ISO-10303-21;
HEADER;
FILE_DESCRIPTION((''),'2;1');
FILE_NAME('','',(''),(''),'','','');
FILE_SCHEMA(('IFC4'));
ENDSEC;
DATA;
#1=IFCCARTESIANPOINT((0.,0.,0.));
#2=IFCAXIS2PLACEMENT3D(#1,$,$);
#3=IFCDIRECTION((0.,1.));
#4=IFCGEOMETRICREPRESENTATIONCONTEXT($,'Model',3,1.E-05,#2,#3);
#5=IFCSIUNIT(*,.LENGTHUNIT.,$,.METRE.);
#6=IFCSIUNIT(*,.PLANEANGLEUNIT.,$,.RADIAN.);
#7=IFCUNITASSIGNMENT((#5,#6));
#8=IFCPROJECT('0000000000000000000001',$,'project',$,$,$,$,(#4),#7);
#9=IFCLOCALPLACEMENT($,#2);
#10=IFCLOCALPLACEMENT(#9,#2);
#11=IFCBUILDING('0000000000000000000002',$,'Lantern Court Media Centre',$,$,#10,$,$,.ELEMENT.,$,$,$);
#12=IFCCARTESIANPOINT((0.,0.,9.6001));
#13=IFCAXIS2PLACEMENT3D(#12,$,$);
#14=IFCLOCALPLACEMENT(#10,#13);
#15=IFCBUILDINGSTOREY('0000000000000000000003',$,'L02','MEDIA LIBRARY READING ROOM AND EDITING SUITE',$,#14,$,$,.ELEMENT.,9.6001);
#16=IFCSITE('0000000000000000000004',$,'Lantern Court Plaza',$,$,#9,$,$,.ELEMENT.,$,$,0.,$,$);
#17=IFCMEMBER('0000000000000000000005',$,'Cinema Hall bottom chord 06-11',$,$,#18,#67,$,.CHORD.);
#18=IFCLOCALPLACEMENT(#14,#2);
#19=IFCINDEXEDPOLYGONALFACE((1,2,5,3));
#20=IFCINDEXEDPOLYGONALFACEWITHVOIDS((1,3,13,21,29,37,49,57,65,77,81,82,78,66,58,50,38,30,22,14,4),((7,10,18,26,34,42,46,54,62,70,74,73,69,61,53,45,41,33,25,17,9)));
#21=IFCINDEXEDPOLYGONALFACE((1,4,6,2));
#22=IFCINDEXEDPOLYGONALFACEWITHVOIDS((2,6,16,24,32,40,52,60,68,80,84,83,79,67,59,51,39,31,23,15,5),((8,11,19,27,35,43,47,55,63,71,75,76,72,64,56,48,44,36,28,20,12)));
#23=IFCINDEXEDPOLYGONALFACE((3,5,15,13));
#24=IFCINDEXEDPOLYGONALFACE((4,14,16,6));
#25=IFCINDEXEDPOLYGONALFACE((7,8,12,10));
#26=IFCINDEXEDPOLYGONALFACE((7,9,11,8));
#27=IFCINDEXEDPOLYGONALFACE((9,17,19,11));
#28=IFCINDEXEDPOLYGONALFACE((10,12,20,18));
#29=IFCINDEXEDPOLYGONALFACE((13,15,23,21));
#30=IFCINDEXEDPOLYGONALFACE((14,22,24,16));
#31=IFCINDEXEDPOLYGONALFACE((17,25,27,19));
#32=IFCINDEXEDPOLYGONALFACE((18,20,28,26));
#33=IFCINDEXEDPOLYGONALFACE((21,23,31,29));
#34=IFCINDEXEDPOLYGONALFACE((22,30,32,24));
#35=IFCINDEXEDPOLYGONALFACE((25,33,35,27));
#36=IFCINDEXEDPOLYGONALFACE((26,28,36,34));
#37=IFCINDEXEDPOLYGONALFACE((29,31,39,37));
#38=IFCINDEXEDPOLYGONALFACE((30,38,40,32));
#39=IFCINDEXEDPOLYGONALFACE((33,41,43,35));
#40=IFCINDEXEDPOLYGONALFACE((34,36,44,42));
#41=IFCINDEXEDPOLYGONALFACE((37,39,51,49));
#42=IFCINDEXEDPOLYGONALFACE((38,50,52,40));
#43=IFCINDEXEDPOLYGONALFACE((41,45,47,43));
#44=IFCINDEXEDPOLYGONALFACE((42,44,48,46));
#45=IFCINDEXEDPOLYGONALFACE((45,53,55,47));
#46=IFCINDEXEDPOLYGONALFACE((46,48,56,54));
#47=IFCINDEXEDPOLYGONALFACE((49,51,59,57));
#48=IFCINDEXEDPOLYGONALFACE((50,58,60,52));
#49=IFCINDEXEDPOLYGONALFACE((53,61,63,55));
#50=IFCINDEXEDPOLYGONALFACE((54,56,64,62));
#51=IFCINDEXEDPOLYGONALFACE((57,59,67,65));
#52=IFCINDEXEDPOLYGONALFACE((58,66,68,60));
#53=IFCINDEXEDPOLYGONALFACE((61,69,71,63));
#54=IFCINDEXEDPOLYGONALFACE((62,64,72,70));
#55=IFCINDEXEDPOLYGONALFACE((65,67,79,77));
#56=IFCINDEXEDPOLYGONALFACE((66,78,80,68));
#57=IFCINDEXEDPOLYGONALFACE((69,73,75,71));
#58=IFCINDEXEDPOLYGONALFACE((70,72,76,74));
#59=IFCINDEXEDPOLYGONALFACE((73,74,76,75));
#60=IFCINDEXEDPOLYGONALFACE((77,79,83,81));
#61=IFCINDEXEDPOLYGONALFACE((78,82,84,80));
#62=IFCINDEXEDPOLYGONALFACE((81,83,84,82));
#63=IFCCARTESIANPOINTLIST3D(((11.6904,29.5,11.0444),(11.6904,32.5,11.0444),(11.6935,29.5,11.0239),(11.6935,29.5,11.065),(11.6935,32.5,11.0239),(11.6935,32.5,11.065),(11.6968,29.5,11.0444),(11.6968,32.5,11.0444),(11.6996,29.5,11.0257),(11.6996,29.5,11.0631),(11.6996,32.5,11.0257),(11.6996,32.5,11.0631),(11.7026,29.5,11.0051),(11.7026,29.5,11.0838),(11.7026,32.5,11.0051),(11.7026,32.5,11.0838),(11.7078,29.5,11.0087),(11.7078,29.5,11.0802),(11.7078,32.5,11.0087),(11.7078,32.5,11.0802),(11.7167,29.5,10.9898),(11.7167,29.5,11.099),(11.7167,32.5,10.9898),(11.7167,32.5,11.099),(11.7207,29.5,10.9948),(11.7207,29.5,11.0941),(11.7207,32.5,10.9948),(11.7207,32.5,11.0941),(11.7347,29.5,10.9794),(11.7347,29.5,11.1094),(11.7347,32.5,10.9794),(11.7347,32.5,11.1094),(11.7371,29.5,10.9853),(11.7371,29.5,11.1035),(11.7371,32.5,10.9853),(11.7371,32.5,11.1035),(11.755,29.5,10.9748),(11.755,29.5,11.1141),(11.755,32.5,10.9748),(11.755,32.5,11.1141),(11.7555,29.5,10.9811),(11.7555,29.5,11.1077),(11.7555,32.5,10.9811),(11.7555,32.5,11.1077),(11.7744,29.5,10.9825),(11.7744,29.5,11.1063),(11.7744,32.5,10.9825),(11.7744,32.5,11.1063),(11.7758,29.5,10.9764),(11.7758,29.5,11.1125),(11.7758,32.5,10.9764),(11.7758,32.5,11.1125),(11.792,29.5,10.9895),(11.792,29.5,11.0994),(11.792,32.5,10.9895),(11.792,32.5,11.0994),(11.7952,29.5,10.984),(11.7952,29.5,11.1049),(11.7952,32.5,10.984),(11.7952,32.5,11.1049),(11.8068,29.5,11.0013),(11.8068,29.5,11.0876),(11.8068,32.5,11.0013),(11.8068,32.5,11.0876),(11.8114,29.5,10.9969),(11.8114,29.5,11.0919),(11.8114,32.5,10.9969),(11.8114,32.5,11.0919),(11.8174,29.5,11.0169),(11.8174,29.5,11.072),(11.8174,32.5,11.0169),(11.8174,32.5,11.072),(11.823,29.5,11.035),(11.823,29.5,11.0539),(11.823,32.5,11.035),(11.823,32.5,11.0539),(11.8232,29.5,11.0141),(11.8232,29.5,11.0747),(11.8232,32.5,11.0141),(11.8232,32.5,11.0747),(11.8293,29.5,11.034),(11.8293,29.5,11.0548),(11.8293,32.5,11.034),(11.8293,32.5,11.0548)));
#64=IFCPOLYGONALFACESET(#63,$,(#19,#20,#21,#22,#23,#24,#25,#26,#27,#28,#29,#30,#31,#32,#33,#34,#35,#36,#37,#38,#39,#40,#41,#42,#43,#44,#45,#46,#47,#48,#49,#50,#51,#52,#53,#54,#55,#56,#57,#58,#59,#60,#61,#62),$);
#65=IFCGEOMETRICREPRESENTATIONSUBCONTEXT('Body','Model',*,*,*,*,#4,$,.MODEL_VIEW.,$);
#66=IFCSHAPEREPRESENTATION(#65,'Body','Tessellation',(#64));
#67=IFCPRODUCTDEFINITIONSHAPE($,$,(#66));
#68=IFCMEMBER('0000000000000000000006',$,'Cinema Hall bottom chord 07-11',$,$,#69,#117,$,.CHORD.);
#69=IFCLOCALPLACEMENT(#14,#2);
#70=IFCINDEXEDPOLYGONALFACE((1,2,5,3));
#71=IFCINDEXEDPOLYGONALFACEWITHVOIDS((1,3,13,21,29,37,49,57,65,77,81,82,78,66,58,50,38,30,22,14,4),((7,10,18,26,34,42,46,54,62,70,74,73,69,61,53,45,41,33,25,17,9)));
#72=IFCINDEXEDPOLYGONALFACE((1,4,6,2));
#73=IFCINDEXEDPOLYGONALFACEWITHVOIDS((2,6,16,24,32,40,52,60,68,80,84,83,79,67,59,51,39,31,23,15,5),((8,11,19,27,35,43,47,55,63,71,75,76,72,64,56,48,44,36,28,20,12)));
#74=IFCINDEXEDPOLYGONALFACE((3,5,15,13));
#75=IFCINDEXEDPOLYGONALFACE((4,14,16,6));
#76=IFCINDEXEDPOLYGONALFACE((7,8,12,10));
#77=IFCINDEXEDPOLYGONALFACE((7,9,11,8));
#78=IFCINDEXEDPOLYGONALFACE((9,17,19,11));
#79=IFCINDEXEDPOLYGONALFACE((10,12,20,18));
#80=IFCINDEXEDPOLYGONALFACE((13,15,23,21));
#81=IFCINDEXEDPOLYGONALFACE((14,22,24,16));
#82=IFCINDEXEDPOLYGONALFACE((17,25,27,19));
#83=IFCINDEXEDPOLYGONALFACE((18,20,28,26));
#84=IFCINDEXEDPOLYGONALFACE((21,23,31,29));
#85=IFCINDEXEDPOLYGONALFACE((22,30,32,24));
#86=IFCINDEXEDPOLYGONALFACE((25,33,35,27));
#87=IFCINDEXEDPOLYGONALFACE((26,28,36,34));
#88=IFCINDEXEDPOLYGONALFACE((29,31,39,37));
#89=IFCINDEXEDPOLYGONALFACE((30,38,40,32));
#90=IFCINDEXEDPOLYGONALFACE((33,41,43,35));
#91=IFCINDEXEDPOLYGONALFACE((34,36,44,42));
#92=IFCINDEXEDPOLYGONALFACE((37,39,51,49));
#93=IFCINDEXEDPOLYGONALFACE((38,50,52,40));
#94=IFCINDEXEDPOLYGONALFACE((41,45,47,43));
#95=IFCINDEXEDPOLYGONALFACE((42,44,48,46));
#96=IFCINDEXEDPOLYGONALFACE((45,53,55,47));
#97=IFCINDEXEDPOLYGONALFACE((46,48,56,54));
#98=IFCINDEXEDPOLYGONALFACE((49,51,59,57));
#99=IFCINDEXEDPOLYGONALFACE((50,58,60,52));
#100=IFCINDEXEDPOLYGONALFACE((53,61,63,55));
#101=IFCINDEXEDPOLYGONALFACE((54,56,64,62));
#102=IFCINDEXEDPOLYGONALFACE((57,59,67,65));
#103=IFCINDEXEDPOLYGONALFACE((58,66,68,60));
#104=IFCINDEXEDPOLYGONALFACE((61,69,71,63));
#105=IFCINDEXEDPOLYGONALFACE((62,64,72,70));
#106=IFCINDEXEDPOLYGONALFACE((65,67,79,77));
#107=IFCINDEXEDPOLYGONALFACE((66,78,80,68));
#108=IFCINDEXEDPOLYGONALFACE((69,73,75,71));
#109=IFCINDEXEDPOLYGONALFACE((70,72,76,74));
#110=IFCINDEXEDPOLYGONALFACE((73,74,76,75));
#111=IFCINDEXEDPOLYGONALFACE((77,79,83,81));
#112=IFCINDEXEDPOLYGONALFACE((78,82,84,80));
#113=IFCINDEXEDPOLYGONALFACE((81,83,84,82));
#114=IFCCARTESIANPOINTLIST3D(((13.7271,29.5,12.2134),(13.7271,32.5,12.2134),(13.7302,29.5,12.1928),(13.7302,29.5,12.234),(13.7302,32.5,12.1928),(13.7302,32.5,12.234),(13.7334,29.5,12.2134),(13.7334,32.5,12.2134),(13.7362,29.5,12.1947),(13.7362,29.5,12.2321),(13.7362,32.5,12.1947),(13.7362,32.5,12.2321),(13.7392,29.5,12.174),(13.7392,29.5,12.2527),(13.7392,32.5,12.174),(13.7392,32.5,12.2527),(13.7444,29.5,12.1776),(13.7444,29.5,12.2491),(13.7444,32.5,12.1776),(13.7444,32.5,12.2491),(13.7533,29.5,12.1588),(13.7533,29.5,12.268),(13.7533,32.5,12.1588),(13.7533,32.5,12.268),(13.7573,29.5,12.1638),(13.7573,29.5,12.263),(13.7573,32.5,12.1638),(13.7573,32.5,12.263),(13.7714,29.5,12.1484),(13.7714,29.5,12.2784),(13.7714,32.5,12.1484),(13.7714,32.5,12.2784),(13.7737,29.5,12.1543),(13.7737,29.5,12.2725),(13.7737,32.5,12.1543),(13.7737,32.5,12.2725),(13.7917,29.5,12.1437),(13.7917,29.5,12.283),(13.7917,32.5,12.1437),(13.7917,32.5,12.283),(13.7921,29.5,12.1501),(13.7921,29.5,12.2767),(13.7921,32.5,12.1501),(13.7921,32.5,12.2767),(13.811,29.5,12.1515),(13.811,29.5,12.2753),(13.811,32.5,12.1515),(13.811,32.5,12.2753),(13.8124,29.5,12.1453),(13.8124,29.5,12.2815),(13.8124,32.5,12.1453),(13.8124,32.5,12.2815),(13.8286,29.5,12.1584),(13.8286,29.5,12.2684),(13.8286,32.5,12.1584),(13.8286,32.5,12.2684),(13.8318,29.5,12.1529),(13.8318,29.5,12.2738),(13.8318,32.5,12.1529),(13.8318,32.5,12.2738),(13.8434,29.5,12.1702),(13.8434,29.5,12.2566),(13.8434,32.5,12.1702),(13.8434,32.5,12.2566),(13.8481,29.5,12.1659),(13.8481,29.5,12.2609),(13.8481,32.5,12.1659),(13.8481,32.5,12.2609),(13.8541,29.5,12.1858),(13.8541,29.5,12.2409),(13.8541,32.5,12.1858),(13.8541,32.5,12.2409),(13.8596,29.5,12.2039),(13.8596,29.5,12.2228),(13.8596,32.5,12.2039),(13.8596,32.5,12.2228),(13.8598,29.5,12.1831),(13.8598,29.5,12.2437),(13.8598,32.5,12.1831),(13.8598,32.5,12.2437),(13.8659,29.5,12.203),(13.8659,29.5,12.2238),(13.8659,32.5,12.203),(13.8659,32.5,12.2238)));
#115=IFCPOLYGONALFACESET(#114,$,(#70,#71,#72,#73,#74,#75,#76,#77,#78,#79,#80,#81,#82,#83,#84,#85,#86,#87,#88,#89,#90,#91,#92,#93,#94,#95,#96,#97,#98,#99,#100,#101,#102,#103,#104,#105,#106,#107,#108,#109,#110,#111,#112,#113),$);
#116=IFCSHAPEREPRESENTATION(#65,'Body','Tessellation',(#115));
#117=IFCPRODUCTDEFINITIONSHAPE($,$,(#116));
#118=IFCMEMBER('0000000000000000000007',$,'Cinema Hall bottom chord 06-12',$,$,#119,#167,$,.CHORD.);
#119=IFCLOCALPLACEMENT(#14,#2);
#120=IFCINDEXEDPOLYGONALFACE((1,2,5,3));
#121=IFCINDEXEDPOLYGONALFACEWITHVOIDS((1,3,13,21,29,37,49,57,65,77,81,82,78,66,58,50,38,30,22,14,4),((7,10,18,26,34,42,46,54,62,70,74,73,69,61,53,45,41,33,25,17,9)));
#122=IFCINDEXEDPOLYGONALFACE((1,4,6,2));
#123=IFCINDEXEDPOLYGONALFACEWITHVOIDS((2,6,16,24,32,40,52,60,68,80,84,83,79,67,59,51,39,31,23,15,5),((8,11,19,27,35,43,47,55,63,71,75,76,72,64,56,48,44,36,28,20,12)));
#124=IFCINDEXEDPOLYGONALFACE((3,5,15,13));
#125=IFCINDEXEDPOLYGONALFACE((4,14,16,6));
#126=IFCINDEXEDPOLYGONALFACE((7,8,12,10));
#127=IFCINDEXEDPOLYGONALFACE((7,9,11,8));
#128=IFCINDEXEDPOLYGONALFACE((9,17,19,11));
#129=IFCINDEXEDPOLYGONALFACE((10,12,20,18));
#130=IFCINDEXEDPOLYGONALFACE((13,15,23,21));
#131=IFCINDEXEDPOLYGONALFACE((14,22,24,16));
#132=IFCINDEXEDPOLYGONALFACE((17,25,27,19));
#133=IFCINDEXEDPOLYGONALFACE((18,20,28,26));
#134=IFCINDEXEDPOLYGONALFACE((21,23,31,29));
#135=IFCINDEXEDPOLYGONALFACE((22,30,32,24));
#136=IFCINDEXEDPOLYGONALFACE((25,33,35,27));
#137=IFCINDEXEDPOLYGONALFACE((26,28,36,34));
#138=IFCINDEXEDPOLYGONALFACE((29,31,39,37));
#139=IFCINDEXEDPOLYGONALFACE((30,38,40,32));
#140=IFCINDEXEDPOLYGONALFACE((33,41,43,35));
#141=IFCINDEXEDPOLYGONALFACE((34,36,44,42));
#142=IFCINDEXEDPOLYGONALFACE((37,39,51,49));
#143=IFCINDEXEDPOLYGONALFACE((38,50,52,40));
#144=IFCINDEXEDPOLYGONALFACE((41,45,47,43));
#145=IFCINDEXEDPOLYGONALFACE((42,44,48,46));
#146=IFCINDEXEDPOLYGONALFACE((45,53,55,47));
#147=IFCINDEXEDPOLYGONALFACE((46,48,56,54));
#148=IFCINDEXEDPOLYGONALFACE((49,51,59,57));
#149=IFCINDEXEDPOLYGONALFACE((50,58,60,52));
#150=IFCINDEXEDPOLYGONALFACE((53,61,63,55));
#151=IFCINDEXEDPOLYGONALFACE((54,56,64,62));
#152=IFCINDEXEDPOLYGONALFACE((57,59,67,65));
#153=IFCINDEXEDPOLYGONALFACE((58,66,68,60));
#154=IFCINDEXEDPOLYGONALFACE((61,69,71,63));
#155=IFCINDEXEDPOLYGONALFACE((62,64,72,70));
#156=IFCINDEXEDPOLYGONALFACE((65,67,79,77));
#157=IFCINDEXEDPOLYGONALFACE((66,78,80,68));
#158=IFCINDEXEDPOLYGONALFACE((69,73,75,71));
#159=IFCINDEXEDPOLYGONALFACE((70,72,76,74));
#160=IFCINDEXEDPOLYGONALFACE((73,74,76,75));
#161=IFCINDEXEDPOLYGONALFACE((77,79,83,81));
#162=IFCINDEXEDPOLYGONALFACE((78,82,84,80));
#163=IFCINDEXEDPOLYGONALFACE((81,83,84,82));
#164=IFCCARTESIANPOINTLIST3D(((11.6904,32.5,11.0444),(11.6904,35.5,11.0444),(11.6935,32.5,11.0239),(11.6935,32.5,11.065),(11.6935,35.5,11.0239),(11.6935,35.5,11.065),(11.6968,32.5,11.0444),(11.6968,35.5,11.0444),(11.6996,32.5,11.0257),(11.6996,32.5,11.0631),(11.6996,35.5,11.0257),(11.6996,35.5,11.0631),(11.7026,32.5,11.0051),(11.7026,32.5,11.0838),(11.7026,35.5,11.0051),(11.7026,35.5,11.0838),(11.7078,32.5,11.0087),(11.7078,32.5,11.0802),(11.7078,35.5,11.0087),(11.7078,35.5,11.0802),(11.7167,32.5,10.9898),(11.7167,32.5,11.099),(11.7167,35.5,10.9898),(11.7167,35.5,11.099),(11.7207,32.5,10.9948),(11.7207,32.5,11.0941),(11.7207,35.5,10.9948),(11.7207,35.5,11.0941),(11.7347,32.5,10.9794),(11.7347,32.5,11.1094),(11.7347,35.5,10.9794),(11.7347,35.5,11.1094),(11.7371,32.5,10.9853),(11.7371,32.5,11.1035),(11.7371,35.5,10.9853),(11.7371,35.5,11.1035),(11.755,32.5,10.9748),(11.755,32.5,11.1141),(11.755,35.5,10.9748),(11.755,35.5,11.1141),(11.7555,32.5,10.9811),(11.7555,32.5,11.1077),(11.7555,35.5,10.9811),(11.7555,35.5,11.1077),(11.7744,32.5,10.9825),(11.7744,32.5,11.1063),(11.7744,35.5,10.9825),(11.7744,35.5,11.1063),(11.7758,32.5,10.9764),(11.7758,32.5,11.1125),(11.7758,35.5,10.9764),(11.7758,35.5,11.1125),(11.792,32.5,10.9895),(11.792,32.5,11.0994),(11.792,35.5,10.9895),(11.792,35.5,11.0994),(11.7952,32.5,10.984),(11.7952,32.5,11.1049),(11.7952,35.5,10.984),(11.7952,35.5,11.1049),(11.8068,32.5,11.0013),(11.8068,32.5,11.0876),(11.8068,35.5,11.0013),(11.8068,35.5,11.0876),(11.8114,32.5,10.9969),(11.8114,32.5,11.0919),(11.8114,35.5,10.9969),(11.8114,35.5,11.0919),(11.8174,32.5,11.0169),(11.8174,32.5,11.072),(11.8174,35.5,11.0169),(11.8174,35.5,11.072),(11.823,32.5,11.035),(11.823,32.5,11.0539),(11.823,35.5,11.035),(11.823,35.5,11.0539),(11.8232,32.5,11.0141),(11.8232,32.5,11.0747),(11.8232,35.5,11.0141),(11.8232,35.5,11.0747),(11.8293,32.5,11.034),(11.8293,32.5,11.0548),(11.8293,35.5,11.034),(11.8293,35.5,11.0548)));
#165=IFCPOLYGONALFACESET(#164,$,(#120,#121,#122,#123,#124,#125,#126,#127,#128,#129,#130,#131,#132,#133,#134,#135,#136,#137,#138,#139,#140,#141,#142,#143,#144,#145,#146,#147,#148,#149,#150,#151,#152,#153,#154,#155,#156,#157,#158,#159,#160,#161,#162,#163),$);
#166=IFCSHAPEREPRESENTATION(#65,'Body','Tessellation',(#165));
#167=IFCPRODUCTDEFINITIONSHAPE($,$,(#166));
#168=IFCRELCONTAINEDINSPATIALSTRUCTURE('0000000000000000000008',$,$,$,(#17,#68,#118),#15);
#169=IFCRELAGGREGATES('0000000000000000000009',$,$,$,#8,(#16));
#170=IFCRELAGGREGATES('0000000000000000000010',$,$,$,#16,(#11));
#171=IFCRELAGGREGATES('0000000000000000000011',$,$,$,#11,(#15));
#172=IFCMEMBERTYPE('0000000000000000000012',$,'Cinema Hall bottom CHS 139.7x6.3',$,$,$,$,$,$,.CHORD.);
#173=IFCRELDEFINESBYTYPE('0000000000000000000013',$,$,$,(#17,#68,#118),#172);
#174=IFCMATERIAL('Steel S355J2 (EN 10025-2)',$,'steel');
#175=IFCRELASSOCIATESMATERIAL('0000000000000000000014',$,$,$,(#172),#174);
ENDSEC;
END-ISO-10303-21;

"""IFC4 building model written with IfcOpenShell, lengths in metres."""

from ifc_helpers import new_model, si_unit, direction, frame, origin, origin_2d, place, context, subcontext, project, spatial, hollow_circle, extrude, material, material_profile, profile_set, type_object, element, save


model = new_model("IFC4")

# Units and contexts
model_context = context("Model", 3, precision=1e-05, world=origin(), true_north=direction((0.0, 1.0)))
body_context = subcontext(model_context, "Body", "Model", "MODEL_VIEW")
ifc_project = project(units=[si_unit("LENGTHUNIT", "METRE"), si_unit("PLANEANGLEUNIT", "RADIAN")], contexts=[model_context])

# Site, building, storey
site_placement = place(None, origin())
site = spatial("IfcSite", under=ifc_project, at=site_placement, Name="Lantern Court Plaza", CompositionType="ELEMENT", RefElevation=0.0)
building_placement = place(site_placement, origin())
building = spatial("IfcBuilding", under=site, at=building_placement, Name="Lantern Court Media Centre", CompositionType="ELEMENT")
storey_placement = place(building_placement, frame((0.0, 0.0, 9.6001)))
storey = spatial("IfcBuildingStorey", under=building, at=storey_placement, Name="L02", Description="MEDIA LIBRARY READING ROOM AND EDITING SUITE", CompositionType="ELEMENT", Elevation=9.6001)

# Members
ifc_material = material(Name="Steel S355J2 (EN 10025-2)", Category="steel")
ifc_material_profile_1 = material_profile(ifc_material, hollow_circle(Radius=0.0698, WallThickness=0.0063, at=origin_2d()), Name="Cinema Hall bottom CHS 139.7x6.3")
ifc_profile_set_1 = profile_set([ifc_material_profile_1], Name="Steel S355J2 (EN 10025-2)")
member_type_1 = type_object("IfcMemberType", Name="Cinema Hall bottom CHS 139.7x6.3", PredefinedType="CHORD", material=ifc_profile_set_1)
for number, where, z_axis, x_axis, name in (
    (1, (11.7603, 29.5, 11.0444), (0.0, 1.0, 0.0), (-1.0, 0.0, 0.0), "Cinema Hall bottom chord 06-11"),
    (2, (13.7969, 29.5, 12.2134), (0.0, 1.0, 0.0), (-1.0, 0.0, 0.0), "Cinema Hall bottom chord 07-11"),
    (3, (11.7603, 32.5, 11.0444), (0.0, 1.0, 0.0), (-1.0, 0.0, 0.0), "Cinema Hall bottom chord 06-12"),
):
    element("IfcMember", number, at=place(storey_placement, frame(where, z_axis=z_axis, x_axis=x_axis)), inside=storey, type_object=member_type_1, Name=name, PredefinedType="CHORD", context=body_context, shape_type="SweptSolid", body=[
        extrude(hollow_circle(Radius=0.0698, WallThickness=0.0063, at=origin_2d()), origin(), (0.0, 0.0, 1.0), 3.0),
    ])

save(model, "model.ifc")
